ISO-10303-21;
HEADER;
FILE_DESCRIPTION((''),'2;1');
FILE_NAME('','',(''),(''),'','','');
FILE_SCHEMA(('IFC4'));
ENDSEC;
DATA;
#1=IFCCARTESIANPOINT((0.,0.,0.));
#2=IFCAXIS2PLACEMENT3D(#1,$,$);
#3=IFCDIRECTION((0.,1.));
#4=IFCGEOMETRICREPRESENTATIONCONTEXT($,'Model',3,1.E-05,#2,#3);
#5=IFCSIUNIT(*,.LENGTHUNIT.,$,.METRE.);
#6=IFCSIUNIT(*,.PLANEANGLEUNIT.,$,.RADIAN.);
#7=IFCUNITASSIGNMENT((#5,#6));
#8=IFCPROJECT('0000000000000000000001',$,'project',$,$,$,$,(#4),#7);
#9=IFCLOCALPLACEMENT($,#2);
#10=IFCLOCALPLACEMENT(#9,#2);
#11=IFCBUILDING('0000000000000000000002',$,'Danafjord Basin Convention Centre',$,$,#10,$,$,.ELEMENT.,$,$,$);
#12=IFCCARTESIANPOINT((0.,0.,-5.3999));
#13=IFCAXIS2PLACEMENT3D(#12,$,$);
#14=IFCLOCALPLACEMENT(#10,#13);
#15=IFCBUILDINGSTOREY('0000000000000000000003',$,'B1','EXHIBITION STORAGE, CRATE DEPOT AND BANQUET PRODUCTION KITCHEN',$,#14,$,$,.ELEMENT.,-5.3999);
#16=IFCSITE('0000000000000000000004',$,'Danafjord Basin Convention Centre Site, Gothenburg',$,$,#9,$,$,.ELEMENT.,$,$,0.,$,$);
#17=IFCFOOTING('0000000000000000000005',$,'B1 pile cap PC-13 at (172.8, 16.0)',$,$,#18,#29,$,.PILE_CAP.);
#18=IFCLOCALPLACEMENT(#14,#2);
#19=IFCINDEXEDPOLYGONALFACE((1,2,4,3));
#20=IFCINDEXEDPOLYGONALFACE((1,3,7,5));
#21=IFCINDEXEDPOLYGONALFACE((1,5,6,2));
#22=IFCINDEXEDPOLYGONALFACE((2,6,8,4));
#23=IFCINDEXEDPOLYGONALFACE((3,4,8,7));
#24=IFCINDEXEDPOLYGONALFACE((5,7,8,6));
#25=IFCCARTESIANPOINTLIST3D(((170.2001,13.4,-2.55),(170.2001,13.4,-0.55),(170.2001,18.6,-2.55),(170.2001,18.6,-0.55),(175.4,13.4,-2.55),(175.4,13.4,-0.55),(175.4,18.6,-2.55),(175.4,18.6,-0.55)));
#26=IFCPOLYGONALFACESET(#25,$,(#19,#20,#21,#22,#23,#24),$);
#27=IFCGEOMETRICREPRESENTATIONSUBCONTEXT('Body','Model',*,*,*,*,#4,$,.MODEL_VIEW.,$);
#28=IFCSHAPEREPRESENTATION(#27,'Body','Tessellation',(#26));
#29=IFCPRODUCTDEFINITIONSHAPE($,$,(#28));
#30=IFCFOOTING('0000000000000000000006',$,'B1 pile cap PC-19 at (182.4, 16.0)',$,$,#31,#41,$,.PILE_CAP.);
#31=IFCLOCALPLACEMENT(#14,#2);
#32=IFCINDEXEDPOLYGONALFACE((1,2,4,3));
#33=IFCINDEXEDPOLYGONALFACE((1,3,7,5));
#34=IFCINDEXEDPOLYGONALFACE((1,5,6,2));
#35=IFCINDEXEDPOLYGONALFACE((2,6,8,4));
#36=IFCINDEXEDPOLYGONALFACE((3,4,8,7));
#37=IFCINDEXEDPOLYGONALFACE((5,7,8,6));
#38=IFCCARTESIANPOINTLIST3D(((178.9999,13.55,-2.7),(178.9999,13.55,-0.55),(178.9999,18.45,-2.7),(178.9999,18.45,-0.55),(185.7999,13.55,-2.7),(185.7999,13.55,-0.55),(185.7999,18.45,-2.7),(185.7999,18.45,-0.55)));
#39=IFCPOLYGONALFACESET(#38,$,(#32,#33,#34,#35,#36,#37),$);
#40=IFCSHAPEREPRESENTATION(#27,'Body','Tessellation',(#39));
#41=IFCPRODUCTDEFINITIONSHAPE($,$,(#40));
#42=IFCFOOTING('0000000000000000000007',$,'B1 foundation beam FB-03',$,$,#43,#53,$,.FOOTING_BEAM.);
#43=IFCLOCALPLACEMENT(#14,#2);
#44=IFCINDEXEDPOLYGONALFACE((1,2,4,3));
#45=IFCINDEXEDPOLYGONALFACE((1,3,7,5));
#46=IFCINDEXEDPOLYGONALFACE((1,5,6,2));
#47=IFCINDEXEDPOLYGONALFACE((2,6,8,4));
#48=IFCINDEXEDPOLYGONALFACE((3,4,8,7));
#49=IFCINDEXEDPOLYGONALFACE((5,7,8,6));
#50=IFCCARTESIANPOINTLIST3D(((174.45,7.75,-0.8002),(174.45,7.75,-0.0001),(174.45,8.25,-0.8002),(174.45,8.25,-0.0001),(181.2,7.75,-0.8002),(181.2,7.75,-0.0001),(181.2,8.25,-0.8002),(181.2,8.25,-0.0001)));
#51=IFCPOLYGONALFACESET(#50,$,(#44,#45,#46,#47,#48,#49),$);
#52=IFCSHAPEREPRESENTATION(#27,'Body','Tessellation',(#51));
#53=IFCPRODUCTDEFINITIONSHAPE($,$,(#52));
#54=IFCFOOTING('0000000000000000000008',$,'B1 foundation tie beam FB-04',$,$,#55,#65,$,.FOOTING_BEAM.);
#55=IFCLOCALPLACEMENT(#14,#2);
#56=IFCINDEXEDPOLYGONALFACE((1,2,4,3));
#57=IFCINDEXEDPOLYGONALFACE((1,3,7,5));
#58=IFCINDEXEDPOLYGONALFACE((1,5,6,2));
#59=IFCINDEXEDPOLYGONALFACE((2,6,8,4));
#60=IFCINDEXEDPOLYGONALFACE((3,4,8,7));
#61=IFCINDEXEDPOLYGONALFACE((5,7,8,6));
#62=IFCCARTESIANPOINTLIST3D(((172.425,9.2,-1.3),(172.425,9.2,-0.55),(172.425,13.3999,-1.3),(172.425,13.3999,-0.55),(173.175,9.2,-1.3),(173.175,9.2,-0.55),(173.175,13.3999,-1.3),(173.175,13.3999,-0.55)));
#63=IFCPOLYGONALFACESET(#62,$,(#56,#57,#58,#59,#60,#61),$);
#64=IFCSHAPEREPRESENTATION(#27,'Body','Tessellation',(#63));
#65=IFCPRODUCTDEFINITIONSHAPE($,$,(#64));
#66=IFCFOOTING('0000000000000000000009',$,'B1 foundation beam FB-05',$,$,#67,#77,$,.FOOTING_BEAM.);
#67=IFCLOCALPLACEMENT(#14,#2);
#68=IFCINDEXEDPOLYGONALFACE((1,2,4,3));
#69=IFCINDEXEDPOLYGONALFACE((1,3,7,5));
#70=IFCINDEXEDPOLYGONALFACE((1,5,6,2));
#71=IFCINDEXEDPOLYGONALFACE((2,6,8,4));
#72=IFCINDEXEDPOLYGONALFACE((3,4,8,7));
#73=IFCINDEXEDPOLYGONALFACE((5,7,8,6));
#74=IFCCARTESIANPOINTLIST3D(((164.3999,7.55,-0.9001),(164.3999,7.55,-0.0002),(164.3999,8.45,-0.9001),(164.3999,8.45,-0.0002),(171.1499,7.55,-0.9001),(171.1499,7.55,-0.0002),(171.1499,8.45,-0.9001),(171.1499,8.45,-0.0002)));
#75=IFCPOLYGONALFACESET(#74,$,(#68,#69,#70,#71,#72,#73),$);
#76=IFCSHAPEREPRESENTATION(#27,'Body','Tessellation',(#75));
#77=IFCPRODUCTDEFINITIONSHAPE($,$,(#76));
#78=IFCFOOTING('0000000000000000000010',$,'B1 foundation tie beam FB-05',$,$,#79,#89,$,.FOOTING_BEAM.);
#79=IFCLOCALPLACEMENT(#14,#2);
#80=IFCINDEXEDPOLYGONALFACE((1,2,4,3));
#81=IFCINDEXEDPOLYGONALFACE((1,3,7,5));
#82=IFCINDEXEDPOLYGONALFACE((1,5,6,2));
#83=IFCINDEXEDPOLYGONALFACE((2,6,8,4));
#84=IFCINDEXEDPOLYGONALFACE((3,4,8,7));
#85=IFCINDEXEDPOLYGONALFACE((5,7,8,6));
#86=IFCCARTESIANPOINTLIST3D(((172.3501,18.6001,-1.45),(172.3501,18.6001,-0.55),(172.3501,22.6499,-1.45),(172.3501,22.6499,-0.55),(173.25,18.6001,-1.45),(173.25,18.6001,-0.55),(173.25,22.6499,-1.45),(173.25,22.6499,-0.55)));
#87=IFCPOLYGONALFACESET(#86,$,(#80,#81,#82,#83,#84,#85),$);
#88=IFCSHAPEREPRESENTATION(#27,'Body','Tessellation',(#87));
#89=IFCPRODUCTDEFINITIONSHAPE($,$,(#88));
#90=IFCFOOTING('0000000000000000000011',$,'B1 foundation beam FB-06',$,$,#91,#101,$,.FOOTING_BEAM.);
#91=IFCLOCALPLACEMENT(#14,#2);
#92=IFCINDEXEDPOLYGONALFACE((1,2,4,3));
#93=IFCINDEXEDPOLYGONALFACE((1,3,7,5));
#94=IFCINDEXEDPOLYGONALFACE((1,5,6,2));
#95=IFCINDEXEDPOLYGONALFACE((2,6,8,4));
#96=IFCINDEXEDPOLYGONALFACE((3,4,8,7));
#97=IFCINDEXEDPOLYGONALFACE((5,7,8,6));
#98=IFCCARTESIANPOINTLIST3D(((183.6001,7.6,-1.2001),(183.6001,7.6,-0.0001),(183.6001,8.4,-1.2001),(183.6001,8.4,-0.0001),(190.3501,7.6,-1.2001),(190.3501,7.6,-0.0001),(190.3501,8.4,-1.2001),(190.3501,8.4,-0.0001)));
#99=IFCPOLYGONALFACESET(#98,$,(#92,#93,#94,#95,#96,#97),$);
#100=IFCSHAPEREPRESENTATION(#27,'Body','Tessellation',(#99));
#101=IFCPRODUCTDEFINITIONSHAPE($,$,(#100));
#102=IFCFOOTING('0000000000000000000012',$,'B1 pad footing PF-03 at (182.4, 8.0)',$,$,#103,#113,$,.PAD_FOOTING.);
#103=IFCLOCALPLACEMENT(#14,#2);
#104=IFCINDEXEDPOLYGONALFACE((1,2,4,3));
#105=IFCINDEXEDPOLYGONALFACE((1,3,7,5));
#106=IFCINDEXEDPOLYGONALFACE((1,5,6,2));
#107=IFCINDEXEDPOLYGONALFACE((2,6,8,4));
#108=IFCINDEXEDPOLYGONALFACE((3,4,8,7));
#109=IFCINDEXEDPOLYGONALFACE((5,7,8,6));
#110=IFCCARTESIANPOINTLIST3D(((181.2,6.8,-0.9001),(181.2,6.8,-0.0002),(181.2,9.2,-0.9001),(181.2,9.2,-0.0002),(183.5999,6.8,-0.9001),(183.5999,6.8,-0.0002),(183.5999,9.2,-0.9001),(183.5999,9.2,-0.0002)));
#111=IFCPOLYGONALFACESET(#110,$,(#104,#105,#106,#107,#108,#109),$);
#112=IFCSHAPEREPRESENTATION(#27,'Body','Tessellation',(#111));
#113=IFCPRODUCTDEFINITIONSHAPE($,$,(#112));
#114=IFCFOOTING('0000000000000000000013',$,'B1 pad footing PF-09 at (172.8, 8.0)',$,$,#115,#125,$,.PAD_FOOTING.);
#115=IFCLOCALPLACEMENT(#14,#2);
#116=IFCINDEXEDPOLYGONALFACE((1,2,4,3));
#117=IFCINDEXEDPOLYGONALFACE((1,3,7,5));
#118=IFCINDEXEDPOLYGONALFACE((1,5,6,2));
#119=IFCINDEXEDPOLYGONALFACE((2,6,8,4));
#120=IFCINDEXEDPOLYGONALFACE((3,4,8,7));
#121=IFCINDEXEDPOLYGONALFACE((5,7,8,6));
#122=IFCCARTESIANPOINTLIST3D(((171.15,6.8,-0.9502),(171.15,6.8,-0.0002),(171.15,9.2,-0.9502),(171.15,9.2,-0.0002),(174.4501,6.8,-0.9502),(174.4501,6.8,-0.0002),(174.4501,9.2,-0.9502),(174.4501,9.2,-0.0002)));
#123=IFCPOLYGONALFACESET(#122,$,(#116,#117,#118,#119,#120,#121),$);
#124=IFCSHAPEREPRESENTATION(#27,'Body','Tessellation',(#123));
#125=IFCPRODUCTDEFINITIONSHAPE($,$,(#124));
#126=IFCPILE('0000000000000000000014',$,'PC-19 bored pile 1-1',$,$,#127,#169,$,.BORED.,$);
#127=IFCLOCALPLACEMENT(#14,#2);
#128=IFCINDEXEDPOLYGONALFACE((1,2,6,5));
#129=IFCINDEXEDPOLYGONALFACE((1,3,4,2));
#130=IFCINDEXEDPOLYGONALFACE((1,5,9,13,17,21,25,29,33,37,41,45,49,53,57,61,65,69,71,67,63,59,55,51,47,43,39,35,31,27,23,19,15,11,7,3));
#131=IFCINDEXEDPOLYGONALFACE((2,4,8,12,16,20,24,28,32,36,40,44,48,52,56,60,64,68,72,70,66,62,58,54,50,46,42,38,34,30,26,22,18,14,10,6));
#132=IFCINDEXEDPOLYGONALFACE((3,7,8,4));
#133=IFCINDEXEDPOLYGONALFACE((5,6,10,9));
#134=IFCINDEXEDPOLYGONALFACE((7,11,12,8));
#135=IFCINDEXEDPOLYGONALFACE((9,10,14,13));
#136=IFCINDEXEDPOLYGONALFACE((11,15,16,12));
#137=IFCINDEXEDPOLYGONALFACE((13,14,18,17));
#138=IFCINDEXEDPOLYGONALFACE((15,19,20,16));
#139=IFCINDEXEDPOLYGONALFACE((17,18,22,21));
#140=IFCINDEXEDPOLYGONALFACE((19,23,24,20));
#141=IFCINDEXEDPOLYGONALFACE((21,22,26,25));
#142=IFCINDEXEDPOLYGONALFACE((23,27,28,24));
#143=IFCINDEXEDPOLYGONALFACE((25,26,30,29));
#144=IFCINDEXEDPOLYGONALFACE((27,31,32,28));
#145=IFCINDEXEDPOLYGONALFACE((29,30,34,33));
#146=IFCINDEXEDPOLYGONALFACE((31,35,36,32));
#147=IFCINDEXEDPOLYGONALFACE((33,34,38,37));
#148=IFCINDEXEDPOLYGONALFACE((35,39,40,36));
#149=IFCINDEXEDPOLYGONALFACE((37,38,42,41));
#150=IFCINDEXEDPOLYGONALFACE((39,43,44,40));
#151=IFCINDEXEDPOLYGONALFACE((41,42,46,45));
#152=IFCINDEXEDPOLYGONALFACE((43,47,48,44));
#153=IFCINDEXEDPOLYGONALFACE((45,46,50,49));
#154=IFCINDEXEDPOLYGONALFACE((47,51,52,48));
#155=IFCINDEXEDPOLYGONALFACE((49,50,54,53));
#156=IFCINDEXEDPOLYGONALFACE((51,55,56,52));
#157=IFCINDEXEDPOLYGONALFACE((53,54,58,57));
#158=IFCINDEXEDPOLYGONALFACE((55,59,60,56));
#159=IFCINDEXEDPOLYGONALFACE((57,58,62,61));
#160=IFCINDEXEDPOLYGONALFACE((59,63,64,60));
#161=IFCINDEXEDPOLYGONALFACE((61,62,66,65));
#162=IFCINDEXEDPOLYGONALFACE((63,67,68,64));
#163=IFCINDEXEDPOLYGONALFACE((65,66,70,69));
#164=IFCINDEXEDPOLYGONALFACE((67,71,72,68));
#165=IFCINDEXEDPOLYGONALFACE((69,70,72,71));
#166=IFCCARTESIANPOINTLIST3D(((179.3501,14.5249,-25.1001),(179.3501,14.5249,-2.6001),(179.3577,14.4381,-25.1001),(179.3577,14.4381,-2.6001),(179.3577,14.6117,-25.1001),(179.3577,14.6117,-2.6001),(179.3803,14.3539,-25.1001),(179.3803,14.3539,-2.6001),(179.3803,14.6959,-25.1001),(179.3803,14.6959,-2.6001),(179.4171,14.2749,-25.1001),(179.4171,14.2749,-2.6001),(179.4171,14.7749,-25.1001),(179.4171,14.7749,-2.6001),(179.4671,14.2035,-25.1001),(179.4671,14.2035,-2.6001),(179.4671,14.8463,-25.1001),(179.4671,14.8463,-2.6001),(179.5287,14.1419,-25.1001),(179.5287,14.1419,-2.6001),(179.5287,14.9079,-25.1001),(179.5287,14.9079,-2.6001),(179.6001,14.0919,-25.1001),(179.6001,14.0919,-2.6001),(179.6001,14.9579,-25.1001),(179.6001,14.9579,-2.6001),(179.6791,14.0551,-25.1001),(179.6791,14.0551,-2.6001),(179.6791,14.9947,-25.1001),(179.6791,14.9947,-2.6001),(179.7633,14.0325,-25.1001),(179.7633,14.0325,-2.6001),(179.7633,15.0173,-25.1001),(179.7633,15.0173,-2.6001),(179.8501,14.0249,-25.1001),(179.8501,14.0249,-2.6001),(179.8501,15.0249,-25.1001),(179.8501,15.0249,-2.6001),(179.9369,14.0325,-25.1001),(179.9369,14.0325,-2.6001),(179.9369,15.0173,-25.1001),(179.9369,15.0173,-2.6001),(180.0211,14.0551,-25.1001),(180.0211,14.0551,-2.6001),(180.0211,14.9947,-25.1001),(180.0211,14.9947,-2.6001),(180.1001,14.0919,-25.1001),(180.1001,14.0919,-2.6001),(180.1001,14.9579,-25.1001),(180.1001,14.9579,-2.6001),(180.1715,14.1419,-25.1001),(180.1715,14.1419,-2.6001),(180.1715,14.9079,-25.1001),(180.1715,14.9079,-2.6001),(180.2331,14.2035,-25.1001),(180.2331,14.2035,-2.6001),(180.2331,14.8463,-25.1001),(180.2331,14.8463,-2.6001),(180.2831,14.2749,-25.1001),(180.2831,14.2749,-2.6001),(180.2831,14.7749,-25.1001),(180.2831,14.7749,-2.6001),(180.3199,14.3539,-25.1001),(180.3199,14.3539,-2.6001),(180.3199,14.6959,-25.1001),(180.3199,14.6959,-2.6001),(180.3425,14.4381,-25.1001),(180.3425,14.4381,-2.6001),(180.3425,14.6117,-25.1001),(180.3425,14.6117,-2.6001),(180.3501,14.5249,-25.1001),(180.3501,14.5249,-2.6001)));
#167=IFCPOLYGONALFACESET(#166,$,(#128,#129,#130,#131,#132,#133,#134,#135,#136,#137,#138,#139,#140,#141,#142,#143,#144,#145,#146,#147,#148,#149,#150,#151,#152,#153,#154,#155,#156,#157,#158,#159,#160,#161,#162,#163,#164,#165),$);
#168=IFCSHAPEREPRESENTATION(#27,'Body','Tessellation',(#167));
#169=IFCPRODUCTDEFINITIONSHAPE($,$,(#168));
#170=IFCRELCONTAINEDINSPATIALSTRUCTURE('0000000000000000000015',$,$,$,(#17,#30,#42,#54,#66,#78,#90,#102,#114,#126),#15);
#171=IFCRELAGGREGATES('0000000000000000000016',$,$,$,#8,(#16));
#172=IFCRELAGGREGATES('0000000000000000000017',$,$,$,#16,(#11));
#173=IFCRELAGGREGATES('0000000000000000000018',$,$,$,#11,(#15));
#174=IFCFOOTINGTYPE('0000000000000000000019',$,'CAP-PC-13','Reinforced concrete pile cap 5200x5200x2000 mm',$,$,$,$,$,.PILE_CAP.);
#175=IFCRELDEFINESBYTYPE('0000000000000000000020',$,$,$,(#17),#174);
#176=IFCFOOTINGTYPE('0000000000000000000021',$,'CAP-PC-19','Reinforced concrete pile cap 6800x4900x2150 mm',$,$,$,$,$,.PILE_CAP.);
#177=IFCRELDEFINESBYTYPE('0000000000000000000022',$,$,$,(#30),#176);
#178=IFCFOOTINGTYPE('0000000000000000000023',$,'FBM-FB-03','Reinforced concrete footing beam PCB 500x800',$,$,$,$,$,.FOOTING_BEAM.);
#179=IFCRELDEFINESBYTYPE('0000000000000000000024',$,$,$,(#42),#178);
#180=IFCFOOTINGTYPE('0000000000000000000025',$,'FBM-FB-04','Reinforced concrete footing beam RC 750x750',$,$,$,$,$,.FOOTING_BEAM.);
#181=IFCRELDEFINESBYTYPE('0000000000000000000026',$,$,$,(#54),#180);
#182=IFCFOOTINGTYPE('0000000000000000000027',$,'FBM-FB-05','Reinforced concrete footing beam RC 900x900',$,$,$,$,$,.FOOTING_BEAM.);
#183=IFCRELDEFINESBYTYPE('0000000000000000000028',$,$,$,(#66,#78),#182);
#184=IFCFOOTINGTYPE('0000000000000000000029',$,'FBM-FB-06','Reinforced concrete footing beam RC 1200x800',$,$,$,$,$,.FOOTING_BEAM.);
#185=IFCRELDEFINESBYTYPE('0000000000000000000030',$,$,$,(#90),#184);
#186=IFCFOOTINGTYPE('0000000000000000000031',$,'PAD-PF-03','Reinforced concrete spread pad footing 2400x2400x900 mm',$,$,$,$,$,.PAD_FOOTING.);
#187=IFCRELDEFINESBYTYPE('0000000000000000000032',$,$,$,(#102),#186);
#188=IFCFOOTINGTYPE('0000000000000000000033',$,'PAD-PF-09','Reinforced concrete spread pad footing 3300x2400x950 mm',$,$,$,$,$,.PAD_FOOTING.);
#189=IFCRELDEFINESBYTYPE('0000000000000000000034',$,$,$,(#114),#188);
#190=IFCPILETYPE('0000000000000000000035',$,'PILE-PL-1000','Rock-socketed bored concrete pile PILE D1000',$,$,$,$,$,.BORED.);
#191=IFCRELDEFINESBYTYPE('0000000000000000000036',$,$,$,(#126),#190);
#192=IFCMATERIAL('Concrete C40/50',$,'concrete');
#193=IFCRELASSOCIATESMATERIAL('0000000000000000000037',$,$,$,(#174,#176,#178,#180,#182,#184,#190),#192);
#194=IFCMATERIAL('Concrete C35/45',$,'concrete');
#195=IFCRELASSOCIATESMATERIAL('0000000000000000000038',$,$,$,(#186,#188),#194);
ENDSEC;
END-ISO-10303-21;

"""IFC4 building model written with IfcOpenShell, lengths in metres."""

from ifc_helpers import new_model, si_unit, direction, frame, origin, origin_2d, place, context, subcontext, project, spatial, rectangle, circle, extrude, material, material_profile, profile_set, type_object, element, save


model = new_model("IFC4")

# Units and contexts
model_context = context("Model", 3, precision=1e-05, world=origin(), true_north=direction((0.0, 1.0)))
body_context = subcontext(model_context, "Body", "Model", "MODEL_VIEW")
ifc_project = project(units=[si_unit("LENGTHUNIT", "METRE"), si_unit("PLANEANGLEUNIT", "RADIAN")], contexts=[model_context])

# Site, building, storey
site_placement = place(None, origin())
site = spatial("IfcSite", under=ifc_project, at=site_placement, Name="Danafjord Basin Convention Centre Site, Gothenburg", CompositionType="ELEMENT", RefElevation=0.0)
building_placement = place(site_placement, origin())
building = spatial("IfcBuilding", under=site, at=building_placement, Name="Danafjord Basin Convention Centre", CompositionType="ELEMENT")
storey_placement = place(building_placement, frame((0.0, 0.0, -5.3999)))
storey = spatial("IfcBuildingStorey", under=building, at=storey_placement, Name="B1", Description="EXHIBITION STORAGE, CRATE DEPOT AND BANQUET PRODUCTION KITCHEN", CompositionType="ELEMENT", Elevation=-5.3999)

# Footings
ifc_material_1 = material(Name="Concrete C40/50", Category="concrete")
footing_type_1 = type_object("IfcFootingType", Name="CAP-PC-13", Description="Reinforced concrete pile cap 5200x5200x2000 mm", PredefinedType="PILE_CAP", material=ifc_material_1)
footing_1_placement = place(storey_placement, frame((172.8, 16.0, -2.55), z_axis=(0.0, 0.0, 1.0), x_axis=(1.0, 0.0, 0.0)))
element("IfcFooting", 1, at=footing_1_placement, inside=storey, type_object=footing_type_1, Name="B1 pile cap PC-13 at (172.8, 16.0)", PredefinedType="PILE_CAP", context=body_context, shape_type="SweptSolid", body=[
    extrude(rectangle(XDim=5.2, YDim=5.2, at=origin_2d()), origin(), (0.0, 0.0, 1.0), 2.0),
])
footing_type_2 = type_object("IfcFootingType", Name="CAP-PC-19", Description="Reinforced concrete pile cap 6800x4900x2150 mm", PredefinedType="PILE_CAP", material=ifc_material_1)
footing_2_placement = place(storey_placement, frame((182.3999, 16.0, -2.7), z_axis=(0.0, 0.0, 1.0), x_axis=(1.0, 0.0, 0.0)))
element("IfcFooting", 2, at=footing_2_placement, inside=storey, type_object=footing_type_2, Name="B1 pile cap PC-19 at (182.4, 16.0)", PredefinedType="PILE_CAP", context=body_context, shape_type="SweptSolid", body=[
    extrude(rectangle(XDim=6.8, YDim=4.8999, at=origin_2d()), origin(), (0.0, 0.0, 1.0), 2.1499),
])
ifc_material_profile_1 = material_profile(ifc_material_1, rectangle(XDim=0.5, YDim=0.8, at=origin_2d()), Name="PCB 500x800")
ifc_profile_set_1 = profile_set([ifc_material_profile_1], Name="Concrete C40/50")
footing_type_3 = type_object("IfcFootingType", Name="FBM-FB-03", Description="Reinforced concrete footing beam PCB 500x800", PredefinedType="FOOTING_BEAM", material=ifc_profile_set_1)
footing_3_placement = place(storey_placement, frame((174.45, 8.0, -0.4001), z_axis=(1.0, 0.0, 0.0), x_axis=(0.0, 1.0, 0.0)))
element("IfcFooting", 3, at=footing_3_placement, inside=storey, type_object=footing_type_3, Name="B1 foundation beam FB-03", PredefinedType="FOOTING_BEAM", context=body_context, shape_type="SweptSolid", body=[
    extrude(rectangle(XDim=0.5, YDim=0.8, at=origin_2d()), origin(), (0.0, 0.0, 1.0), 6.75),
])
ifc_material_profile_2 = material_profile(ifc_material_1, rectangle(XDim=0.75, YDim=0.75, at=origin_2d()), Name="RC 750x750")
ifc_profile_set_2 = profile_set([ifc_material_profile_2], Name="Concrete C40/50")
footing_type_4 = type_object("IfcFootingType", Name="FBM-FB-04", Description="Reinforced concrete footing beam RC 750x750", PredefinedType="FOOTING_BEAM", material=ifc_profile_set_2)
footing_4_placement = place(storey_placement, frame((172.8, 9.2, -0.925), z_axis=(0.0, 1.0, 0.0), x_axis=(-1.0, 0.0, 0.0)))
element("IfcFooting", 4, at=footing_4_placement, inside=storey, type_object=footing_type_4, Name="B1 foundation tie beam FB-04", PredefinedType="FOOTING_BEAM", context=body_context, shape_type="SweptSolid", body=[
    extrude(rectangle(XDim=0.75, YDim=0.75, at=origin_2d()), origin(), (0.0, 0.0, 1.0), 4.2),
])
ifc_material_profile_3 = material_profile(ifc_material_1, rectangle(XDim=0.8999, YDim=0.8999, at=origin_2d()), Name="RC 900x900")
ifc_profile_set_3 = profile_set([ifc_material_profile_3], Name="Concrete C40/50")
footing_type_5 = type_object("IfcFootingType", Name="FBM-FB-05", Description="Reinforced concrete footing beam RC 900x900", PredefinedType="FOOTING_BEAM", material=ifc_profile_set_3)
footing_5_placement = place(storey_placement, frame((164.3999, 8.0, -0.4502), z_axis=(1.0, 0.0, 0.0), x_axis=(0.0, 1.0, 0.0)))
element("IfcFooting", 5, at=footing_5_placement, inside=storey, type_object=footing_type_5, Name="B1 foundation beam FB-05", PredefinedType="FOOTING_BEAM", context=body_context, shape_type="SweptSolid", body=[
    extrude(rectangle(XDim=0.8999, YDim=0.8999, at=origin_2d()), origin(), (0.0, 0.0, 1.0), 6.75),
])
footing_6_placement = place(storey_placement, frame((172.8, 18.6001, -1.0), z_axis=(0.0, 1.0, 0.0), x_axis=(-1.0, 0.0, 0.0)))
element("IfcFooting", 6, at=footing_6_placement, inside=storey, type_object=footing_type_5, Name="B1 foundation tie beam FB-05", PredefinedType="FOOTING_BEAM", context=body_context, shape_type="SweptSolid", body=[
    extrude(rectangle(XDim=0.8999, YDim=0.8999, at=origin_2d()), origin(), (0.0, 0.0, 1.0), 4.0498),
])
ifc_material_profile_4 = material_profile(ifc_material_1, rectangle(XDim=0.8, YDim=1.2, at=origin_2d()), Name="RC 1200x800")
ifc_profile_set_4 = profile_set([ifc_material_profile_4], Name="Concrete C40/50")
footing_type_6 = type_object("IfcFootingType", Name="FBM-FB-06", Description="Reinforced concrete footing beam RC 1200x800", PredefinedType="FOOTING_BEAM", material=ifc_profile_set_4)
footing_7_placement = place(storey_placement, frame((183.6001, 8.0, -0.6001), z_axis=(1.0, 0.0, 0.0), x_axis=(0.0, 1.0, 0.0)))
element("IfcFooting", 7, at=footing_7_placement, inside=storey, type_object=footing_type_6, Name="B1 foundation beam FB-06", PredefinedType="FOOTING_BEAM", context=body_context, shape_type="SweptSolid", body=[
    extrude(rectangle(XDim=0.8, YDim=1.2, at=origin_2d()), origin(), (0.0, 0.0, 1.0), 6.75),
])
ifc_material_2 = material(Name="Concrete C35/45", Category="concrete")
footing_type_7 = type_object("IfcFootingType", Name="PAD-PF-03", Description="Reinforced concrete spread pad footing 2400x2400x900 mm", PredefinedType="PAD_FOOTING", material=ifc_material_2)
footing_8_placement = place(storey_placement, frame((182.3999, 8.0, -0.9001), z_axis=(0.0, 0.0, 1.0), x_axis=(1.0, 0.0, 0.0)))
element("IfcFooting", 8, at=footing_8_placement, inside=storey, type_object=footing_type_7, Name="B1 pad footing PF-03 at (182.4, 8.0)", PredefinedType="PAD_FOOTING", context=body_context, shape_type="SweptSolid", body=[
    extrude(rectangle(XDim=2.3999, YDim=2.3999, at=origin_2d()), origin(), (0.0, 0.0, 1.0), 0.8999),
])
footing_type_8 = type_object("IfcFootingType", Name="PAD-PF-09", Description="Reinforced concrete spread pad footing 3300x2400x950 mm", PredefinedType="PAD_FOOTING", material=ifc_material_2)
footing_9_placement = place(storey_placement, frame((172.8, 8.0, -0.9502), z_axis=(0.0, 0.0, 1.0), x_axis=(1.0, 0.0, 0.0)))
element("IfcFooting", 9, at=footing_9_placement, inside=storey, type_object=footing_type_8, Name="B1 pad footing PF-09 at (172.8, 8.0)", PredefinedType="PAD_FOOTING", context=body_context, shape_type="SweptSolid", body=[
    extrude(rectangle(XDim=3.3, YDim=2.3999, at=origin_2d()), origin(), (0.0, 0.0, 1.0), 0.95),
])

# Pile
ifc_material_profile_5 = material_profile(ifc_material_1, circle(Radius=0.5, at=origin_2d()), Name="PILE D1000")
ifc_profile_set_5 = profile_set([ifc_material_profile_5], Name="Concrete C40/50")
pile_type_1 = type_object("IfcPileType", Name="PILE-PL-1000", Description="Rock-socketed bored concrete pile PILE D1000", PredefinedType="BORED", material=ifc_profile_set_5)
for number, where, z_axis, x_axis, name in (
    (10, (179.8501, 14.5249, -2.6001), (0.0, 0.0, -1.0), (1.0, 0.0, 0.0), "PC-19 bored pile 1-1"),
):
    element("IfcPile", number, at=place(storey_placement, frame(where, z_axis=z_axis, x_axis=x_axis)), inside=storey, type_object=pile_type_1, Name=name, PredefinedType="BORED", context=body_context, shape_type="SweptSolid", body=[
        extrude(circle(Radius=0.5, at=origin_2d()), origin(), (0.0, 0.0, 1.0), 22.5),
    ])

save(model, "model.ifc")
